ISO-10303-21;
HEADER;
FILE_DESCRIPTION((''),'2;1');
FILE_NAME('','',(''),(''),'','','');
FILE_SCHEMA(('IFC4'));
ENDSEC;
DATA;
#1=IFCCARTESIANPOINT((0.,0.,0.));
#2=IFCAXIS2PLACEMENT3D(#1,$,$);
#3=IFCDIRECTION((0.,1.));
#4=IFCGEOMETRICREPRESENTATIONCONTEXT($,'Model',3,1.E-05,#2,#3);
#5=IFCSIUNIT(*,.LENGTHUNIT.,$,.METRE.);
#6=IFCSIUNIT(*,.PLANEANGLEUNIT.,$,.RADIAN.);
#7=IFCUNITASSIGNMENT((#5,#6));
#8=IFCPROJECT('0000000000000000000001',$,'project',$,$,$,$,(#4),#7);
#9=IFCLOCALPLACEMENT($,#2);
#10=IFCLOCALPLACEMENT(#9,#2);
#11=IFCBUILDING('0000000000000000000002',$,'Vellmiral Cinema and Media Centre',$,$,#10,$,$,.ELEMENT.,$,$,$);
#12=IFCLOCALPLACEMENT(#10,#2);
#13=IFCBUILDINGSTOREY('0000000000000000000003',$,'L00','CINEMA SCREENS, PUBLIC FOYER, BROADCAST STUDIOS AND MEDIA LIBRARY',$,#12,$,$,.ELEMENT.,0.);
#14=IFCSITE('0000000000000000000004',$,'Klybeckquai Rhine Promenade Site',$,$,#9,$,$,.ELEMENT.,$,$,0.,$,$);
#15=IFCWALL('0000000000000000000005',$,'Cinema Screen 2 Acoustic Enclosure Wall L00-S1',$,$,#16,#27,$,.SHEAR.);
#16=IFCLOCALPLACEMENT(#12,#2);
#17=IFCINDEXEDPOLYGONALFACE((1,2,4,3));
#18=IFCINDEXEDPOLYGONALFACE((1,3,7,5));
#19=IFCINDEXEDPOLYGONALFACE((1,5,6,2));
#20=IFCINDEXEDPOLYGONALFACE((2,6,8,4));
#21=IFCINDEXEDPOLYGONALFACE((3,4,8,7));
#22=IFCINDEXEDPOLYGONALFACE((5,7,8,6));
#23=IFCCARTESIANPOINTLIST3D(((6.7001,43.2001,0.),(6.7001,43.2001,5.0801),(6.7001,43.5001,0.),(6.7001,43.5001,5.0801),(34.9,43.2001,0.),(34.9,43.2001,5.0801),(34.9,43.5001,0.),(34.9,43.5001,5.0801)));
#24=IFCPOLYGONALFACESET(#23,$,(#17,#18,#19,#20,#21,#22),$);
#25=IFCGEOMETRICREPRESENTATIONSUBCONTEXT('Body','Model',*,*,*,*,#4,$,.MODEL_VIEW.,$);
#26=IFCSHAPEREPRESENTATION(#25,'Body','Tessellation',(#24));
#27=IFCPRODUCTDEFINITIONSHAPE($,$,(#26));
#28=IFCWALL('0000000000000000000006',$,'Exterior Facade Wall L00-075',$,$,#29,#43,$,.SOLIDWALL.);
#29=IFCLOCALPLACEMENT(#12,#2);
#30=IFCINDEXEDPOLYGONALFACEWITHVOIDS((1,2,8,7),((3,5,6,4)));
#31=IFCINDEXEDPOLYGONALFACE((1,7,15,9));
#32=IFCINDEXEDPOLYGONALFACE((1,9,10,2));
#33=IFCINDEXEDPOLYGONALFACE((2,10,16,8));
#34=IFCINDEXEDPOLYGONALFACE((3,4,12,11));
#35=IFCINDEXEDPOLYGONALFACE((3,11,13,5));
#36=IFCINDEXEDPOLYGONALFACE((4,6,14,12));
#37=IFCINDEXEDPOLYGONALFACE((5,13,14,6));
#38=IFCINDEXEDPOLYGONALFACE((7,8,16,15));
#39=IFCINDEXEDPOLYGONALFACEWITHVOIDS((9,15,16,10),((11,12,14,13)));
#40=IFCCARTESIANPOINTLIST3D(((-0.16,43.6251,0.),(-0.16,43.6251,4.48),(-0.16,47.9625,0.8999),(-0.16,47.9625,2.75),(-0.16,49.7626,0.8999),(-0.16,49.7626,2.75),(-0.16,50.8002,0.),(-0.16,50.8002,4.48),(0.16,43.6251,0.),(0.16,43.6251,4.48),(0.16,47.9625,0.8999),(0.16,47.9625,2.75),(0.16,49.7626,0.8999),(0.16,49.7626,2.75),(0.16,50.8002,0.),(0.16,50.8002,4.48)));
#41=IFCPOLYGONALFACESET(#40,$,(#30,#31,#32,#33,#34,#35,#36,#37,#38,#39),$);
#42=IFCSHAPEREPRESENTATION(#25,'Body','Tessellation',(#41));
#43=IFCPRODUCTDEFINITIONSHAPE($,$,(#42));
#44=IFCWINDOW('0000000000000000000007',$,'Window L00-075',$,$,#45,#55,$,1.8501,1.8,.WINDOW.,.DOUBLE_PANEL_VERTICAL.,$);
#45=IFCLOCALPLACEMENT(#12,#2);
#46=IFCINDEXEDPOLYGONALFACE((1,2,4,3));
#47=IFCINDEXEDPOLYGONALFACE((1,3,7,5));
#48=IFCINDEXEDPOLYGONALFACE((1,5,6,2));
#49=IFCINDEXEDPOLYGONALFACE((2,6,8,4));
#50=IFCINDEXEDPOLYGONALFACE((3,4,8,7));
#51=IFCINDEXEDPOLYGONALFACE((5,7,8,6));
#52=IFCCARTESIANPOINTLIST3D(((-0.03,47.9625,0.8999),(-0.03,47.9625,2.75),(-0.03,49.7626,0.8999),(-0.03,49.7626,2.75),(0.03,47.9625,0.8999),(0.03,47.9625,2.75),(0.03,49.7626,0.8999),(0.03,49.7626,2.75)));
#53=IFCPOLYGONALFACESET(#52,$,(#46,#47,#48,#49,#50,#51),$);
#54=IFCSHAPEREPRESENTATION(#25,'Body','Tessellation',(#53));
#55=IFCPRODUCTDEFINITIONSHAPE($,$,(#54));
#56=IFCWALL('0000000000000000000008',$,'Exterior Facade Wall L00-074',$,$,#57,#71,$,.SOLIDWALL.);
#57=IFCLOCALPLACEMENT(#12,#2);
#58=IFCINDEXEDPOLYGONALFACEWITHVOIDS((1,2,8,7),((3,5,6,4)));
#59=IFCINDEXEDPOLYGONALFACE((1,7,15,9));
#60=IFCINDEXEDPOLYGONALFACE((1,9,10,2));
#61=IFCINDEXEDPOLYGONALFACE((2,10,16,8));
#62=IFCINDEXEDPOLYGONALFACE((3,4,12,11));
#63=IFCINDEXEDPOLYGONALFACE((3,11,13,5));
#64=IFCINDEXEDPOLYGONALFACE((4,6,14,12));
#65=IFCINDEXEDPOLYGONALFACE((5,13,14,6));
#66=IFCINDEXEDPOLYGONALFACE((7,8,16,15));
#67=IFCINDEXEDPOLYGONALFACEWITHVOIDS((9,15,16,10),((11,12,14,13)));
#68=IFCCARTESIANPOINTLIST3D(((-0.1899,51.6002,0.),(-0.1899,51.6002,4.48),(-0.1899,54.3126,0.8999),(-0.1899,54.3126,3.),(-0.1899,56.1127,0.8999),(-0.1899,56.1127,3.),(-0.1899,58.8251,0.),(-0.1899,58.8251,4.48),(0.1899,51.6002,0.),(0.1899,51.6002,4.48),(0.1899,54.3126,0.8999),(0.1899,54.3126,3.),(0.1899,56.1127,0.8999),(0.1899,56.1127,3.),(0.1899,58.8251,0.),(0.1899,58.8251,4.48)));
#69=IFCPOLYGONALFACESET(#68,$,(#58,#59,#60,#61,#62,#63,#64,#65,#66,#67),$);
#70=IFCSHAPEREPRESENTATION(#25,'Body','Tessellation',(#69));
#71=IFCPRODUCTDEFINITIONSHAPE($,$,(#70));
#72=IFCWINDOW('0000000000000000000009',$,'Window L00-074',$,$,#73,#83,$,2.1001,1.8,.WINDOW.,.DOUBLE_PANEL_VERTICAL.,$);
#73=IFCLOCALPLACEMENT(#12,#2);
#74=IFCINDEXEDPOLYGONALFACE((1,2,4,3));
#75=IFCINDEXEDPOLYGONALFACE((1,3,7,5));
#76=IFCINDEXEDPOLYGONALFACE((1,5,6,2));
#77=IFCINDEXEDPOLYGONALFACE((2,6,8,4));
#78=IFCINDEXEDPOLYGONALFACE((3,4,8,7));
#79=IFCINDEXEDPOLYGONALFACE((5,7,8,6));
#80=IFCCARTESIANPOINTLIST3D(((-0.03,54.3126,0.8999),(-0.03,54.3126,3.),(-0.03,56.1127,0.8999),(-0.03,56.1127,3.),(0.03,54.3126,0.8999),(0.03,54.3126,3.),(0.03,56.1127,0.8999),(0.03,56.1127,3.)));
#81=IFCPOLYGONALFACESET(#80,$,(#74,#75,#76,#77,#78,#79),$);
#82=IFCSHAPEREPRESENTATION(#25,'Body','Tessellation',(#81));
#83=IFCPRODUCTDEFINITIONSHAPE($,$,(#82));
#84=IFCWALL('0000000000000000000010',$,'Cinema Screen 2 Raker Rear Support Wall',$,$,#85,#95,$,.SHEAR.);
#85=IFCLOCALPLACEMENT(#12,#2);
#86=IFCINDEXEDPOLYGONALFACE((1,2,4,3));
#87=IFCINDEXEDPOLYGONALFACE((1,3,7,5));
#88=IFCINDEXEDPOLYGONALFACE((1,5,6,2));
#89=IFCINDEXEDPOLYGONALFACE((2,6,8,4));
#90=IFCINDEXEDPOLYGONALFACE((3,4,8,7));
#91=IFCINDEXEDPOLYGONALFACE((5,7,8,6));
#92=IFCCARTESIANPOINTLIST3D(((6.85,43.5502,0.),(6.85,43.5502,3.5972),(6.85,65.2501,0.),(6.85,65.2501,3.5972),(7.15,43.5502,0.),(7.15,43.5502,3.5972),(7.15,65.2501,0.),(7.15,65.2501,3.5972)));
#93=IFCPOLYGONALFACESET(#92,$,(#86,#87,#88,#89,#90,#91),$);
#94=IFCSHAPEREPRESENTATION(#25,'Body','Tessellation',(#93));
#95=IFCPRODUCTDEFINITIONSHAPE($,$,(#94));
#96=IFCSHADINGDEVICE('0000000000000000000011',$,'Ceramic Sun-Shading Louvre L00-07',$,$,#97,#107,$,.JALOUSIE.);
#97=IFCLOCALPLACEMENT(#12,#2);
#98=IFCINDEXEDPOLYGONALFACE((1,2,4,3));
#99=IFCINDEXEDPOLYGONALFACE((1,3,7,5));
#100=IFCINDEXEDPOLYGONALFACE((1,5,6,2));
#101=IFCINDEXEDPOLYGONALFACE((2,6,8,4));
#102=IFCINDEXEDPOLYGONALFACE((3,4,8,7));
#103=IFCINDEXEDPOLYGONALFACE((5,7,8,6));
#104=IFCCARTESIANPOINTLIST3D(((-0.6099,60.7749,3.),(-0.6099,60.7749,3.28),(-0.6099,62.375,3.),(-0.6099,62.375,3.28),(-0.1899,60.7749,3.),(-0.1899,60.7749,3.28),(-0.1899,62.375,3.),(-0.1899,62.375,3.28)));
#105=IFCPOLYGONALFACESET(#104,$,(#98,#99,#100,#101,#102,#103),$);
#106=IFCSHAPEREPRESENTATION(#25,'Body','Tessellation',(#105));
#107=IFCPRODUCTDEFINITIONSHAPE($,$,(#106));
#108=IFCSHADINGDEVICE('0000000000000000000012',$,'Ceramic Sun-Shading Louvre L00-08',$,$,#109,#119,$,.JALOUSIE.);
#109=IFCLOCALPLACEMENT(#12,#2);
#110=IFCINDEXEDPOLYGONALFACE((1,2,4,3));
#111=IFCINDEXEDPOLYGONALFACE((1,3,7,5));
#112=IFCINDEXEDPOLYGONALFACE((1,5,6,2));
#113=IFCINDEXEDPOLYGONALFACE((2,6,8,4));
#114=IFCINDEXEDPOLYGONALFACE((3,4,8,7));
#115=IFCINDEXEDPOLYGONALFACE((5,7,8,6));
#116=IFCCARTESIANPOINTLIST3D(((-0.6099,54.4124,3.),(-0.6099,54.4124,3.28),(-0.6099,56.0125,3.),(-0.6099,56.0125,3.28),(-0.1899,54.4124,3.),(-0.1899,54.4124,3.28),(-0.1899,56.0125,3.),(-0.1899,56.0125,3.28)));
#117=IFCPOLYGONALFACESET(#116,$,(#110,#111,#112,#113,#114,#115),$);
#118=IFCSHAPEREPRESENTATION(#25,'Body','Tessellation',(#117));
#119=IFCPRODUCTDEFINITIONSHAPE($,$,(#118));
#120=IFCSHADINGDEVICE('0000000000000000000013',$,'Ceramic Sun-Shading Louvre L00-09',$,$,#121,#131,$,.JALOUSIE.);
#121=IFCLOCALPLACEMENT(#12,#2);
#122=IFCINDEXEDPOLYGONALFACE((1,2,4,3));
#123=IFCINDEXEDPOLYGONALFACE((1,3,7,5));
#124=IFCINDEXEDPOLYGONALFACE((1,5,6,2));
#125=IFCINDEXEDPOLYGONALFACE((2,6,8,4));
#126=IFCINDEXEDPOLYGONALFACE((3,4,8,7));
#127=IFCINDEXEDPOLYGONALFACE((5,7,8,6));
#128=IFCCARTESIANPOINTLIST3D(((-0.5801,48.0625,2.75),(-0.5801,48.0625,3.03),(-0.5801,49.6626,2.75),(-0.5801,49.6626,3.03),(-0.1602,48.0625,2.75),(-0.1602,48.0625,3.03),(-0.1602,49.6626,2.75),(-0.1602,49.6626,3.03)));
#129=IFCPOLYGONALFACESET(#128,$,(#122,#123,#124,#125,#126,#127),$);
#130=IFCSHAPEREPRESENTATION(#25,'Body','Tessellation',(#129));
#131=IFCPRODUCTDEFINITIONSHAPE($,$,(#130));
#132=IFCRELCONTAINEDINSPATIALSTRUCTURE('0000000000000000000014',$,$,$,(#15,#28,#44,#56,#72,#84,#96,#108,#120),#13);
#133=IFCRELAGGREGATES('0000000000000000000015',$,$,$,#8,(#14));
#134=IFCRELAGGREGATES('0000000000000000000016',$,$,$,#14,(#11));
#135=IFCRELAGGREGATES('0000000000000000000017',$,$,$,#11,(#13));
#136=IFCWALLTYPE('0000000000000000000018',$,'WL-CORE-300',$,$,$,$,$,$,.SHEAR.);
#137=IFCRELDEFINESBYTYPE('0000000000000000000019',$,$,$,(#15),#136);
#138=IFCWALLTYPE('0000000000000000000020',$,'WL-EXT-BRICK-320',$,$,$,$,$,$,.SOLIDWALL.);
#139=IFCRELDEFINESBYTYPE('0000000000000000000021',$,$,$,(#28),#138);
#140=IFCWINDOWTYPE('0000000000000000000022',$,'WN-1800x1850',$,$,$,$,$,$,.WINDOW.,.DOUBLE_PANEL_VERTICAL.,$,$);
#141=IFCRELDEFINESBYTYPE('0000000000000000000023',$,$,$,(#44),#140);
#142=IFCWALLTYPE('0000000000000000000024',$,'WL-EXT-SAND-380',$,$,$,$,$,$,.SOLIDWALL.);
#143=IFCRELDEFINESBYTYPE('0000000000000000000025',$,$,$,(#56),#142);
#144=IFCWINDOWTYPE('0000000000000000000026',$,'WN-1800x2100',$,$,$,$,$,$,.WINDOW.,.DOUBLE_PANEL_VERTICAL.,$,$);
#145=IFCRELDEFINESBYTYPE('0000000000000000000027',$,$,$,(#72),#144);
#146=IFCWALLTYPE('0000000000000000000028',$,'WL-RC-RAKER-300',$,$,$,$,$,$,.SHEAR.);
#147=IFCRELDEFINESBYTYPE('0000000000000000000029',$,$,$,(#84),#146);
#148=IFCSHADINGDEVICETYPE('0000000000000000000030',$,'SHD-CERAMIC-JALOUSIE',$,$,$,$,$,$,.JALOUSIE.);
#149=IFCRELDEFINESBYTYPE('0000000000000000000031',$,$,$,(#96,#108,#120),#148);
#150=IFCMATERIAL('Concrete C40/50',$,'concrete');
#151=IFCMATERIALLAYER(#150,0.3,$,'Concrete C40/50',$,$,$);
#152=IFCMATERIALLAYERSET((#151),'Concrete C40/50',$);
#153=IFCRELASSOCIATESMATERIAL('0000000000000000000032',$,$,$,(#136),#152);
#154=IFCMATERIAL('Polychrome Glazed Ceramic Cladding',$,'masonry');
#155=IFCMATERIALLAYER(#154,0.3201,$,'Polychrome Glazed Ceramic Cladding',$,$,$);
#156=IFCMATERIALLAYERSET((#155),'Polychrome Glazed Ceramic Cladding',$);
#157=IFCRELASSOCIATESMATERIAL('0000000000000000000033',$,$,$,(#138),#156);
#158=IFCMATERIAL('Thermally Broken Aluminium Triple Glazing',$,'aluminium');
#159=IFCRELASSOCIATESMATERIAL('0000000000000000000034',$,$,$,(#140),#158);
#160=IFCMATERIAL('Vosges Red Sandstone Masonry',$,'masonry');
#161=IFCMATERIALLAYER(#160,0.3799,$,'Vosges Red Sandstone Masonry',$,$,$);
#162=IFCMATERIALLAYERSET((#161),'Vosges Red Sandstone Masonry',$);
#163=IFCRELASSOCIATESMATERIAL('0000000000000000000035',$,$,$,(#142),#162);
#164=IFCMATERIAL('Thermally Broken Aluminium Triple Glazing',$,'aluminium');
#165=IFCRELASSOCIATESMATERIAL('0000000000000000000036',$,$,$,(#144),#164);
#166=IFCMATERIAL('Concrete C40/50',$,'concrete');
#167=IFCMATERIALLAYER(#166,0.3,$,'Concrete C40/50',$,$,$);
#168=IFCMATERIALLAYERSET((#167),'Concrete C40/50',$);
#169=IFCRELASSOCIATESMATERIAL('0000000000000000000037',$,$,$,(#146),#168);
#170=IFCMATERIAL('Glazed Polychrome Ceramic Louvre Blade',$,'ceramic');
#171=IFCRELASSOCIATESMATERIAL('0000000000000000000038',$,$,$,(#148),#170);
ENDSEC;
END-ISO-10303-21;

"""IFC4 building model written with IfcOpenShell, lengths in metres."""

from ifc_helpers import new_model, si_unit, direction, frame, frame_2d, origin, origin_2d, place, context, subcontext, project, spatial, rectangle, extrude, material, layer, layer_set, type_object, element, fill, save


model = new_model("IFC4")

# Units and contexts
model_context = context("Model", 3, precision=1e-05, world=origin(), true_north=direction((0.0, 1.0)))
body_context = subcontext(model_context, "Body", "Model", "MODEL_VIEW")
ifc_project = project(units=[si_unit("LENGTHUNIT", "METRE"), si_unit("PLANEANGLEUNIT", "RADIAN")], contexts=[model_context])

# Site, building, storey
site_placement = place(None, origin())
site = spatial("IfcSite", under=ifc_project, at=site_placement, Name="Klybeckquai Rhine Promenade Site", CompositionType="ELEMENT", RefElevation=0.0)
building_placement = place(site_placement, origin())
building = spatial("IfcBuilding", under=site, at=building_placement, Name="Vellmiral Cinema and Media Centre", CompositionType="ELEMENT")
storey_placement = place(building_placement, origin())
storey = spatial("IfcBuildingStorey", under=building, at=storey_placement, Name="L00", Description="CINEMA SCREENS, PUBLIC FOYER, BROADCAST STUDIOS AND MEDIA LIBRARY", CompositionType="ELEMENT", Elevation=0.0)

# Wall
ifc_material_1 = material(Name="Concrete C40/50", Category="concrete")
ifc_layer_1 = layer(ifc_material_1, 0.3, Name="Concrete C40/50")
ifc_layer_set_1 = layer_set([ifc_layer_1], Name="Concrete C40/50")
wall_type_1 = type_object("IfcWallType", Name="WL-CORE-300", PredefinedType="SHEAR", material=ifc_layer_set_1)
wall_1_placement = place(storey_placement, frame((6.7, 43.3501, 0.0), z_axis=(0.0, 0.0, 1.0), x_axis=(1.0, 0.0, 0.0)))
element("IfcWall", 1, at=wall_1_placement, inside=storey, type_object=wall_type_1, Name="Cinema Screen 2 Acoustic Enclosure Wall L00-S1", PredefinedType="SHEAR", context=body_context, shape_type="SweptSolid", body=[
    extrude(rectangle(XDim=28.2, YDim=0.3, at=frame_2d((14.1001, 0.0))), origin(), (0.0, 0.0, 1.0), 5.0801),
])

# Walls, openings, windows
ifc_material_2 = material(Name="Polychrome Glazed Ceramic Cladding", Category="masonry")
ifc_layer_2 = layer(ifc_material_2, 0.3201, Name="Polychrome Glazed Ceramic Cladding")
ifc_layer_set_2 = layer_set([ifc_layer_2], Name="Polychrome Glazed Ceramic Cladding")
wall_type_2 = type_object("IfcWallType", Name="WL-EXT-BRICK-320", PredefinedType="SOLIDWALL", material=ifc_layer_set_2)
wall_2_placement = place(storey_placement, frame((0.0, 50.8, 0.0), z_axis=(0.0, 0.0, 1.0), x_axis=(0.0, -1.0, 0.0)))
wall_2 = element("IfcWall", 2, at=wall_2_placement, inside=storey, type_object=wall_type_2, Name="Exterior Facade Wall L00-075", PredefinedType="SOLIDWALL", context=body_context, shape_type="SweptSolid", body=[
    extrude(rectangle(XDim=7.175, YDim=0.3201, at=frame_2d((3.5874, 0.0))), origin(), (0.0, 0.0, 1.0), 4.48),
])
opening_1_placement = place(wall_2_placement, frame((1.0376, 0.0, 0.8999)))
opening_1 = element("IfcOpeningElement", 3, at=opening_1_placement, cuts=wall_2, PredefinedType="OPENING", context=body_context, shape_type="SweptSolid", body=[
    extrude(rectangle(XDim=1.8, YDim=1.8501, at=frame_2d((0.8999, 0.925))), frame((0.0, 0.1719, 0.0), z_axis=(0.0, -1.0, 0.0), x_axis=(1.0, 0.0, 0.0)), (0.0, 0.0, 1.0), 0.344),
])
ifc_material_3 = material(Name="Thermally Broken Aluminium Triple Glazing", Category="aluminium")
window_type_1 = type_object("IfcWindowType", Name="WN-1800x1850", PartitioningType="DOUBLE_PANEL_VERTICAL", PredefinedType="WINDOW", material=ifc_material_3)
window_1_placement = place(opening_1_placement, origin())
window_1 = element("IfcWindow", 4, at=window_1_placement, inside=storey, type_object=window_type_1, Name="Window L00-075", OverallHeight=1.8501, OverallWidth=1.8, PartitioningType="DOUBLE_PANEL_VERTICAL", PredefinedType="WINDOW", context=body_context, shape_type="SweptSolid", body=[
    extrude(rectangle(XDim=1.8, YDim=1.8501, at=frame_2d((0.8999, 0.925))), frame((0.0, 0.03, 0.0), z_axis=(0.0, -1.0, 0.0), x_axis=(1.0, 0.0, 0.0)), (0.0, 0.0, 1.0), 0.0601),
])
fill(opening_1, window_1)
ifc_material_4 = material(Name="Vosges Red Sandstone Masonry", Category="masonry")
ifc_layer_3 = layer(ifc_material_4, 0.3799, Name="Vosges Red Sandstone Masonry")
ifc_layer_set_3 = layer_set([ifc_layer_3], Name="Vosges Red Sandstone Masonry")
wall_type_3 = type_object("IfcWallType", Name="WL-EXT-SAND-380", PredefinedType="SOLIDWALL", material=ifc_layer_set_3)
wall_3_placement = place(storey_placement, frame((0.0, 58.825, 0.0), z_axis=(0.0, 0.0, 1.0), x_axis=(0.0, -1.0, 0.0)))
wall_3 = element("IfcWall", 5, at=wall_3_placement, inside=storey, type_object=wall_type_3, Name="Exterior Facade Wall L00-074", PredefinedType="SOLIDWALL", context=body_context, shape_type="SweptSolid", body=[
    extrude(rectangle(XDim=7.2249, YDim=0.3799, at=frame_2d((3.6123, 0.0))), origin(), (0.0, 0.0, 1.0), 4.48),
])
opening_2_placement = place(wall_3_placement, frame((2.7124, 0.0, 0.8999)))
opening_2 = element("IfcOpeningElement", 6, at=opening_2_placement, cuts=wall_3, PredefinedType="OPENING", context=body_context, shape_type="SweptSolid", body=[
    extrude(rectangle(XDim=1.8, YDim=2.1001, at=frame_2d((0.8999, 1.05))), frame((0.0, 0.2019, 0.0), z_axis=(0.0, -1.0, 0.0), x_axis=(1.0, 0.0, 0.0)), (0.0, 0.0, 1.0), 0.4038),
])
ifc_material_5 = material(Name="Thermally Broken Aluminium Triple Glazing", Category="aluminium")
window_type_2 = type_object("IfcWindowType", Name="WN-1800x2100", PartitioningType="DOUBLE_PANEL_VERTICAL", PredefinedType="WINDOW", material=ifc_material_5)
window_2_placement = place(opening_2_placement, origin())
window_2 = element("IfcWindow", 7, at=window_2_placement, inside=storey, type_object=window_type_2, Name="Window L00-074", OverallHeight=2.1001, OverallWidth=1.8, PartitioningType="DOUBLE_PANEL_VERTICAL", PredefinedType="WINDOW", context=body_context, shape_type="SweptSolid", body=[
    extrude(rectangle(XDim=1.8, YDim=2.1001, at=frame_2d((0.8999, 1.05))), frame((0.0, 0.03, 0.0), z_axis=(0.0, -1.0, 0.0), x_axis=(1.0, 0.0, 0.0)), (0.0, 0.0, 1.0), 0.0601),
])
fill(opening_2, window_2)

# Wall
ifc_material_6 = material(Name="Concrete C40/50", Category="concrete")
ifc_layer_4 = layer(ifc_material_6, 0.3, Name="Concrete C40/50")
ifc_layer_set_4 = layer_set([ifc_layer_4], Name="Concrete C40/50")
wall_type_4 = type_object("IfcWallType", Name="WL-RC-RAKER-300", PredefinedType="SHEAR", material=ifc_layer_set_4)
wall_4_placement = place(storey_placement, frame((7.0, 43.55, 0.0), z_axis=(0.0, 0.0, 1.0), x_axis=(0.0, 1.0, 0.0)))
element("IfcWall", 8, at=wall_4_placement, inside=storey, type_object=wall_type_4, Name="Cinema Screen 2 Raker Rear Support Wall", PredefinedType="SHEAR", context=body_context, shape_type="SweptSolid", body=[
    extrude(rectangle(XDim=21.7, YDim=0.3, at=frame_2d((10.8501, 0.0))), origin(), (0.0, 0.0, 1.0), 3.5972),
])

# Shading devices
ifc_material_7 = material(Name="Glazed Polychrome Ceramic Louvre Blade", Category="ceramic")
shading_device_type = type_object("IfcShadingDeviceType", Name="SHD-CERAMIC-JALOUSIE", PredefinedType="JALOUSIE", material=ifc_material_7)
for number, where, z_axis, x_axis, name in (
    (9, (-0.3999, 61.575, 3.0), (0.0, 0.0, 1.0), (0.0, -1.0, 0.0), "Ceramic Sun-Shading Louvre L00-07"),
    (10, (-0.3999, 55.2124, 3.0), (0.0, 0.0, 1.0), (0.0, -1.0, 0.0), "Ceramic Sun-Shading Louvre L00-08"),
    (11, (-0.3701, 48.8625, 2.75), (0.0, 0.0, 1.0), (0.0, -1.0, 0.0), "Ceramic Sun-Shading Louvre L00-09"),
):
    element("IfcShadingDevice", number, at=place(storey_placement, frame(where, z_axis=z_axis, x_axis=x_axis)), inside=storey, type_object=shading_device_type, Name=name, PredefinedType="JALOUSIE", context=body_context, shape_type="SweptSolid", body=[
        extrude(rectangle(XDim=1.6001, YDim=0.4199, at=origin_2d()), origin(), (0.0, 0.0, 1.0), 0.28),
    ])

save(model, "model.ifc")
